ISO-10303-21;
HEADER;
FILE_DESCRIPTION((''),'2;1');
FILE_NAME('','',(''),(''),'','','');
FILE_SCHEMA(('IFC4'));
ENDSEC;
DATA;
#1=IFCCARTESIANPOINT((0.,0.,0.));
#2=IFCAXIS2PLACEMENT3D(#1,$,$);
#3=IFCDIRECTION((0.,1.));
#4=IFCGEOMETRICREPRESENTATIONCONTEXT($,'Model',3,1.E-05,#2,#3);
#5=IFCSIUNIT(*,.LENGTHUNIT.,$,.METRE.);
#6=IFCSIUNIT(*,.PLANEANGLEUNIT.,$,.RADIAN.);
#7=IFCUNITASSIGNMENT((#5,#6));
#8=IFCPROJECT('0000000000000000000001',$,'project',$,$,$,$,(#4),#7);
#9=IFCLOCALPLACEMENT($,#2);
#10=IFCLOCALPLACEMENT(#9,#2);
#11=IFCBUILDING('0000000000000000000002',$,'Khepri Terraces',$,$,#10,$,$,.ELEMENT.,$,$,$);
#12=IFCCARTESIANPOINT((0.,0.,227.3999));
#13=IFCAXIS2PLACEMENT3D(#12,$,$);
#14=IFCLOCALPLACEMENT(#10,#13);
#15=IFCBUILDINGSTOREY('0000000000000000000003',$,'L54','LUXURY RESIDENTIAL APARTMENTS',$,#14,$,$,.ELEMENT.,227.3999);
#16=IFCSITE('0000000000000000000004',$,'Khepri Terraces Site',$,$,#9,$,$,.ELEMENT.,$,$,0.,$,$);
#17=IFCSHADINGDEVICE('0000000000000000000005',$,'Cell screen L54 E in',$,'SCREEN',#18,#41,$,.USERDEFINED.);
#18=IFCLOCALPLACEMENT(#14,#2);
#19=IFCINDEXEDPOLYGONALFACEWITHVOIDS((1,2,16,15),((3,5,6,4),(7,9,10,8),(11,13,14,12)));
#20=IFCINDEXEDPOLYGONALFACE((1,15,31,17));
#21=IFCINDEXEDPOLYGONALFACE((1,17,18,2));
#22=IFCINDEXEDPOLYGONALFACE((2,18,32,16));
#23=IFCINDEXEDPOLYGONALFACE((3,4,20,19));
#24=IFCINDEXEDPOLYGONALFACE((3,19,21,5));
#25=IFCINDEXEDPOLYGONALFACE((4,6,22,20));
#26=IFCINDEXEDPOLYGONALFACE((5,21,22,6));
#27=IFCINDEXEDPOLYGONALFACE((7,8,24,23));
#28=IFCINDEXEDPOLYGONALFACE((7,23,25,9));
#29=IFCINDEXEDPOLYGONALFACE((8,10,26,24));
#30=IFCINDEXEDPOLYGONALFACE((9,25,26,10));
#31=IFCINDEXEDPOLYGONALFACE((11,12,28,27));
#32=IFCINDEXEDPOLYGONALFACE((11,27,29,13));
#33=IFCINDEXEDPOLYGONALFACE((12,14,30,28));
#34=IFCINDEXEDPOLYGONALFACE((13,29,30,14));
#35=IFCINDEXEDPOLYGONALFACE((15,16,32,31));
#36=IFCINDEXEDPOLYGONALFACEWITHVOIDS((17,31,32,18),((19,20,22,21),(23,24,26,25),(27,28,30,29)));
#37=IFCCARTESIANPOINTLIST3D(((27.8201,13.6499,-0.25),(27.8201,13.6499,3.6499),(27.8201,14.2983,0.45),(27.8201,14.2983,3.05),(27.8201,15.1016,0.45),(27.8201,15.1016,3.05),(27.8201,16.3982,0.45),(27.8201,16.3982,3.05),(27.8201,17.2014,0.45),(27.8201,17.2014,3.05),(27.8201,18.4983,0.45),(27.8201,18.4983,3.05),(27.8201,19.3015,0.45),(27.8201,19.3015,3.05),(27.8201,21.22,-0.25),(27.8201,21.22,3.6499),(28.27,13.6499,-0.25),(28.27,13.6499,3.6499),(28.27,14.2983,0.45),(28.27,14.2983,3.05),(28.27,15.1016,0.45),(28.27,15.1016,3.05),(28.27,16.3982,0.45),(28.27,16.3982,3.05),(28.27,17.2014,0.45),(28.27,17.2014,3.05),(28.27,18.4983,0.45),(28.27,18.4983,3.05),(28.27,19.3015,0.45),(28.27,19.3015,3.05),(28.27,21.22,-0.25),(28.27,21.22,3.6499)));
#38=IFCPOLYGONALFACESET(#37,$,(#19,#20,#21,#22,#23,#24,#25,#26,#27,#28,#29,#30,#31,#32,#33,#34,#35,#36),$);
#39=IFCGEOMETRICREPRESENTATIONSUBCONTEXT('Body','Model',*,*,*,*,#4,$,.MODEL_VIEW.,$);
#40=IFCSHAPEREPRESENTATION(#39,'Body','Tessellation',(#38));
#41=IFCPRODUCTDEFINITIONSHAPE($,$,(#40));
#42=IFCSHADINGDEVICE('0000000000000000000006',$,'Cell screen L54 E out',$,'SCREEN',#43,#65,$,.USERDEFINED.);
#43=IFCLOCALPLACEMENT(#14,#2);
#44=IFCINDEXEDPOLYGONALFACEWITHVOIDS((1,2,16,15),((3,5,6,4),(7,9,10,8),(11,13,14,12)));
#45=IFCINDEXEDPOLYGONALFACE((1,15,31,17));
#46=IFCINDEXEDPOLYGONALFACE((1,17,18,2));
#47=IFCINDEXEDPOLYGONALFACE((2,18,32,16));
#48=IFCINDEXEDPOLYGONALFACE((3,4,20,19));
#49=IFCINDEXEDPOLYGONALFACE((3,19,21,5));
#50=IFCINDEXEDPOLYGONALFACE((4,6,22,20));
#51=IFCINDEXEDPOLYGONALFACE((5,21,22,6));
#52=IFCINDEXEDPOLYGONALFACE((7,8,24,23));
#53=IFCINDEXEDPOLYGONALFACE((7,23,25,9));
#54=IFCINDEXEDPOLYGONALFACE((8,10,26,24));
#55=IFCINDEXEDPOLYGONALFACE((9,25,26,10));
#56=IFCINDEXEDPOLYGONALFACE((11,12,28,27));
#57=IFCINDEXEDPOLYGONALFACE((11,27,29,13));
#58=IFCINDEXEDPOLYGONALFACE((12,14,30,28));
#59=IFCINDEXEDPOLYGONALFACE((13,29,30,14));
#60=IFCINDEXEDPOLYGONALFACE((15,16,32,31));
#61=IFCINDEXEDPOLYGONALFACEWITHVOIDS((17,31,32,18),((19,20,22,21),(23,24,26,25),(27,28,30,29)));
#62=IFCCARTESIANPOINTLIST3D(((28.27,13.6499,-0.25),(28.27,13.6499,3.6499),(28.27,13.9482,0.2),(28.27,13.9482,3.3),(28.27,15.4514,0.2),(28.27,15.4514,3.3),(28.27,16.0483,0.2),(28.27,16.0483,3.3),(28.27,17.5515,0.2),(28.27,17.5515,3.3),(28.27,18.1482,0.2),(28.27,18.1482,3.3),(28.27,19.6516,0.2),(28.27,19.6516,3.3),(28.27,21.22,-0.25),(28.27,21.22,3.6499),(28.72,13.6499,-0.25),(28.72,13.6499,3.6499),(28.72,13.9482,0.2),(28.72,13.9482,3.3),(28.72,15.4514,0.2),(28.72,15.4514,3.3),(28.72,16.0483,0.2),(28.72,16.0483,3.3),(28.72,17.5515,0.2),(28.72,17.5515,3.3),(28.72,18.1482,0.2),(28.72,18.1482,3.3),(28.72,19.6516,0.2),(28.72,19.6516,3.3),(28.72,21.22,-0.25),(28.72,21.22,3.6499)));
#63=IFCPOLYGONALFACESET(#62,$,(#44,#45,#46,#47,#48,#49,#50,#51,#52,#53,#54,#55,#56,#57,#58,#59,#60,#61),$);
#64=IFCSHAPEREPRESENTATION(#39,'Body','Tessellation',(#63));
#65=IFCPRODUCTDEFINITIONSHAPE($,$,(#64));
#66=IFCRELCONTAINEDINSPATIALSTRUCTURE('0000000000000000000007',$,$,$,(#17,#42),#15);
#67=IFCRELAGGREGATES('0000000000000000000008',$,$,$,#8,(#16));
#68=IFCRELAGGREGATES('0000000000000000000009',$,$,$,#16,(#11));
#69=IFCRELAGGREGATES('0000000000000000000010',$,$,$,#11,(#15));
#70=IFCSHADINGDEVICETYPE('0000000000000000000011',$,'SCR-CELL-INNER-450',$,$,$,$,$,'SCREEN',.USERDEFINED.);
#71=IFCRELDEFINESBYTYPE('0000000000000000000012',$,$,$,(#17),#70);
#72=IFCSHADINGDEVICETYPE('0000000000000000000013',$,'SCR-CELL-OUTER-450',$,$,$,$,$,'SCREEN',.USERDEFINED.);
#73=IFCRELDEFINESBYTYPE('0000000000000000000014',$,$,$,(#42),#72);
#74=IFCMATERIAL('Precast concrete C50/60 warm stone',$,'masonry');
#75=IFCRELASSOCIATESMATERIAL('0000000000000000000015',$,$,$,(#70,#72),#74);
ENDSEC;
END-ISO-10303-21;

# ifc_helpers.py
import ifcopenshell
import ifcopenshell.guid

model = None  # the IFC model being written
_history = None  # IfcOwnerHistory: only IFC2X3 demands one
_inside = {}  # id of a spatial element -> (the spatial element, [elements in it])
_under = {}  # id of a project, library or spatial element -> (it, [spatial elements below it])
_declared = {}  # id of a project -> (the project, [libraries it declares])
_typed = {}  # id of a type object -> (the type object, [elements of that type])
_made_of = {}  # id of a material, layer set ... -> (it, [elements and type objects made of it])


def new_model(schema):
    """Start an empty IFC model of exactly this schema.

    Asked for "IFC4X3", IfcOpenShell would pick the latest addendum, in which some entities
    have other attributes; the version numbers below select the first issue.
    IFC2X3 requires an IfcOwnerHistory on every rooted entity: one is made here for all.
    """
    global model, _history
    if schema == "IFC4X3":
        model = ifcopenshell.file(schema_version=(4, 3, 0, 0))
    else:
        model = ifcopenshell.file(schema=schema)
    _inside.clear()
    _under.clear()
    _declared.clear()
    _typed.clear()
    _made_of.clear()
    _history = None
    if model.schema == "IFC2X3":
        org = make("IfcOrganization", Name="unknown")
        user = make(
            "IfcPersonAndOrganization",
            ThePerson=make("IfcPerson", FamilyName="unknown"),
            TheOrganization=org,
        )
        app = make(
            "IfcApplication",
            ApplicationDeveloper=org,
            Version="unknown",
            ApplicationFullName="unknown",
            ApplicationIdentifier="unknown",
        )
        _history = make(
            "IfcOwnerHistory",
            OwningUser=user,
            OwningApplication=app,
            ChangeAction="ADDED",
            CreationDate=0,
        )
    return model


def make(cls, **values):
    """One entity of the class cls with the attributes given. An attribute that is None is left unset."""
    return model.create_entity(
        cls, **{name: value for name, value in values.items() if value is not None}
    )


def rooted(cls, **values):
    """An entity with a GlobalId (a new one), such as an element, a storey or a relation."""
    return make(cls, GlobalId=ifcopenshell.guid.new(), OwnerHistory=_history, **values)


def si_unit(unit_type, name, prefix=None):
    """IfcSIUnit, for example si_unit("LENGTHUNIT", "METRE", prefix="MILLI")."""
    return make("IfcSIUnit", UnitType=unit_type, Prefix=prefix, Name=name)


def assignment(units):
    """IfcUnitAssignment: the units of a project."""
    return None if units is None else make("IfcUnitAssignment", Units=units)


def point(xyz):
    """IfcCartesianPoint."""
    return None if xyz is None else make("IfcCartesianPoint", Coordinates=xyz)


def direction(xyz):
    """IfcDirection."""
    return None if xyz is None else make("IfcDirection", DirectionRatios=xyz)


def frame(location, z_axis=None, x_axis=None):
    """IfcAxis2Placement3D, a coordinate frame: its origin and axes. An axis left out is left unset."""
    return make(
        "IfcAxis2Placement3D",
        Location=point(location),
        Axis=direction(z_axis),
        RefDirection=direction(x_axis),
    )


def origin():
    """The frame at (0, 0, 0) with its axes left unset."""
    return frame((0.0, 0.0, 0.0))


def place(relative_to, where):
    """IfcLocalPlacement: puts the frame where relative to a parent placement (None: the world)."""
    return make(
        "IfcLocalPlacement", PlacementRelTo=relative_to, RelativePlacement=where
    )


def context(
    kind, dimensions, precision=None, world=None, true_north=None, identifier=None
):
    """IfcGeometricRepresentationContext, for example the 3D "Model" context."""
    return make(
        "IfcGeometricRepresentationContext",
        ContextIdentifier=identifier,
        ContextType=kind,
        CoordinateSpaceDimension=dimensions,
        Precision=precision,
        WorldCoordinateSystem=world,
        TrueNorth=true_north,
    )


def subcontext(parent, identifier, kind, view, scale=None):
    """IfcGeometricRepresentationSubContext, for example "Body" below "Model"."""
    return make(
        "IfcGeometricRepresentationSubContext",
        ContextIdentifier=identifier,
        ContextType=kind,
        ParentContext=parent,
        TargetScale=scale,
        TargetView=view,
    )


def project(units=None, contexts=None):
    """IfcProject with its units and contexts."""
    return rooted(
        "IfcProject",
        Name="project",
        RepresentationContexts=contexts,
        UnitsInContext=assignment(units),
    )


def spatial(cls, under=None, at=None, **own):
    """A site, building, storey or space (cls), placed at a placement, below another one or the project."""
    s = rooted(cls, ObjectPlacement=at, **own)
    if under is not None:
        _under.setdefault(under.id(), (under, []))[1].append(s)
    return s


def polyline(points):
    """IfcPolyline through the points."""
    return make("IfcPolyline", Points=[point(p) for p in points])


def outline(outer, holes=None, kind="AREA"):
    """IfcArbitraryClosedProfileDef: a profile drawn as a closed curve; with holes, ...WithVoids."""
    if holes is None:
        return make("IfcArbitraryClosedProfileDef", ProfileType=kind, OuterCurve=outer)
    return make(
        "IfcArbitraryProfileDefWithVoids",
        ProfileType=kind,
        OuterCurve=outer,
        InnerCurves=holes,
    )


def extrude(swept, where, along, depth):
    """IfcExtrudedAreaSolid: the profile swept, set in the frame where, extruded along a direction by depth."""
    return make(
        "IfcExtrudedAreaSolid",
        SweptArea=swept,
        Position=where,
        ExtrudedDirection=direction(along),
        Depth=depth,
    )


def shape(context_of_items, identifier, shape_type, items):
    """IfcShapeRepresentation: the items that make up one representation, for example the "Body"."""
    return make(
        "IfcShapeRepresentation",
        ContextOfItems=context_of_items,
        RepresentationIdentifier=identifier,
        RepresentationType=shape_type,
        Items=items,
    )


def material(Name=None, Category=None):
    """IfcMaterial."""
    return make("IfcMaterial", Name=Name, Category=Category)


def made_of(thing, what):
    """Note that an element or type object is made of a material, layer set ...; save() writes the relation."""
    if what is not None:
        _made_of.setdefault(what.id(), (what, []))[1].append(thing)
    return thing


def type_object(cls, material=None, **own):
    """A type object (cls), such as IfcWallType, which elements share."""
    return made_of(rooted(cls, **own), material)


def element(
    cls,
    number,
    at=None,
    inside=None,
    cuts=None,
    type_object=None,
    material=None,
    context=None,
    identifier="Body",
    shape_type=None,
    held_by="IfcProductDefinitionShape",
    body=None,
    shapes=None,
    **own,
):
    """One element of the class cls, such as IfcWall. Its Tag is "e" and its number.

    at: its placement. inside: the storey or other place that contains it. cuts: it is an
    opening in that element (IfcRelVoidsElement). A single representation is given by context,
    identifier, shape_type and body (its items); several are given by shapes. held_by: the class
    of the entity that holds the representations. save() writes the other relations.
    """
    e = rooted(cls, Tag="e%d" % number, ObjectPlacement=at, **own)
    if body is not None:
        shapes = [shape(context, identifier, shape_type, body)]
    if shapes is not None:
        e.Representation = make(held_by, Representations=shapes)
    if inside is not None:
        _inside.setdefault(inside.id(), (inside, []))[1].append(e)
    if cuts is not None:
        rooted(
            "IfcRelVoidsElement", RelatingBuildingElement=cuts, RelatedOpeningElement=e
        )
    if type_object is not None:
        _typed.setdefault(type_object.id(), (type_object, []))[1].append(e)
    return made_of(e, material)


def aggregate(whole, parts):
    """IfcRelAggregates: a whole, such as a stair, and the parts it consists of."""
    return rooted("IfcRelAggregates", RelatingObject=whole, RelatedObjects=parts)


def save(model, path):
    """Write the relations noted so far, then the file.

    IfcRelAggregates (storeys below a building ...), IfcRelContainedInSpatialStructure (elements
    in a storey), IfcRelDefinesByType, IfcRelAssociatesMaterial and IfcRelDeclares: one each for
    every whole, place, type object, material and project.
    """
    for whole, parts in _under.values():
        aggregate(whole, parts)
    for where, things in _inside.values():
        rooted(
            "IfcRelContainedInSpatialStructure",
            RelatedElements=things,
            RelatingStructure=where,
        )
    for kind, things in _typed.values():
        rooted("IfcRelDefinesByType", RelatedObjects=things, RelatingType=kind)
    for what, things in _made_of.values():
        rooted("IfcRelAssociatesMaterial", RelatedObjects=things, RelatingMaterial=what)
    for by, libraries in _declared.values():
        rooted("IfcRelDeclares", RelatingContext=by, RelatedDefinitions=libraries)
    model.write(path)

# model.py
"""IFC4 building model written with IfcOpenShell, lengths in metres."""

from ifc_helpers import new_model, si_unit, direction, frame, origin, place, context, subcontext, project, spatial, polyline, outline, extrude, material, type_object, element, save


model = new_model("IFC4")

# Units and contexts
model_context = context("Model", 3, precision=1e-05, world=origin(), true_north=direction((0.0, 1.0)))
body_context = subcontext(model_context, "Body", "Model", "MODEL_VIEW")
ifc_project = project(units=[si_unit("LENGTHUNIT", "METRE"), si_unit("PLANEANGLEUNIT", "RADIAN")], contexts=[model_context])

# Site, building, storey
site_placement = place(None, origin())
site = spatial("IfcSite", under=ifc_project, at=site_placement, Name="Khepri Terraces Site", CompositionType="ELEMENT", RefElevation=0.0)
building_placement = place(site_placement, origin())
building = spatial("IfcBuilding", under=site, at=building_placement, Name="Khepri Terraces", CompositionType="ELEMENT")
storey_placement = place(building_placement, frame((0.0, 0.0, 227.3999)))
storey = spatial("IfcBuildingStorey", under=building, at=storey_placement, Name="L54", Description="LUXURY RESIDENTIAL APARTMENTS", CompositionType="ELEMENT", Elevation=227.3999)

# Shared definitions
ifc_material_1 = material(Name="Precast concrete C50/60 warm stone", Category="masonry")

# Shading devices
shading_device_type_1 = type_object("IfcShadingDeviceType", Name="SCR-CELL-INNER-450", ElementType="SCREEN", PredefinedType="USERDEFINED", material=ifc_material_1)
shading_device_1_placement = place(storey_placement, frame((27.8201, 13.6499, -0.25), z_axis=(1.0, 0.0, 0.0), x_axis=(0.0, 1.0, 0.0)))
element("IfcShadingDevice", 1, at=shading_device_1_placement, inside=storey, type_object=shading_device_type_1, Name="Cell screen L54 E in", ObjectType="SCREEN", PredefinedType="USERDEFINED", context=body_context, shape_type="SweptSolid", body=[
    extrude(outline(polyline([(0.0, 0.0), (7.5701, 0.0), (7.5701, 3.8999), (0.0, 3.8999), (0.0, 0.0)]), holes=[polyline([(0.6484, 0.7), (1.4517, 0.7), (1.4517, 3.3), (0.6484, 3.3), (0.6484, 0.7)]), polyline([(2.7483, 0.7), (3.5515, 0.7), (3.5515, 3.3), (2.7483, 3.3), (2.7483, 0.7)]), polyline([(4.8484, 0.7), (5.6516, 0.7), (5.6516, 3.3), (4.8484, 3.3), (4.8484, 0.7)])]), origin(), (0.0, 0.0, 1.0), 0.45),
])
shading_device_type_2 = type_object("IfcShadingDeviceType", Name="SCR-CELL-OUTER-450", ElementType="SCREEN", PredefinedType="USERDEFINED", material=ifc_material_1)
shading_device_2_placement = place(storey_placement, frame((28.27, 13.6499, -0.25), z_axis=(1.0, 0.0, 0.0), x_axis=(0.0, 1.0, 0.0)))
element("IfcShadingDevice", 2, at=shading_device_2_placement, inside=storey, type_object=shading_device_type_2, Name="Cell screen L54 E out", ObjectType="SCREEN", PredefinedType="USERDEFINED", context=body_context, shape_type="SweptSolid", body=[
    extrude(outline(polyline([(0.0, 0.0), (7.5701, 0.0), (7.5701, 3.8999), (0.0, 3.8999), (0.0, 0.0)]), holes=[polyline([(0.2983, 0.45), (1.8015, 0.45), (1.8015, 3.55), (0.2983, 3.55), (0.2983, 0.45)]), polyline([(2.3984, 0.45), (3.9016, 0.45), (3.9016, 3.55), (2.3984, 3.55), (2.3984, 0.45)]), polyline([(4.4983, 0.45), (6.0017, 0.45), (6.0017, 3.55), (4.4983, 3.55), (4.4983, 0.45)])]), origin(), (0.0, 0.0, 1.0), 0.45),
])

save(model, "model.ifc")
